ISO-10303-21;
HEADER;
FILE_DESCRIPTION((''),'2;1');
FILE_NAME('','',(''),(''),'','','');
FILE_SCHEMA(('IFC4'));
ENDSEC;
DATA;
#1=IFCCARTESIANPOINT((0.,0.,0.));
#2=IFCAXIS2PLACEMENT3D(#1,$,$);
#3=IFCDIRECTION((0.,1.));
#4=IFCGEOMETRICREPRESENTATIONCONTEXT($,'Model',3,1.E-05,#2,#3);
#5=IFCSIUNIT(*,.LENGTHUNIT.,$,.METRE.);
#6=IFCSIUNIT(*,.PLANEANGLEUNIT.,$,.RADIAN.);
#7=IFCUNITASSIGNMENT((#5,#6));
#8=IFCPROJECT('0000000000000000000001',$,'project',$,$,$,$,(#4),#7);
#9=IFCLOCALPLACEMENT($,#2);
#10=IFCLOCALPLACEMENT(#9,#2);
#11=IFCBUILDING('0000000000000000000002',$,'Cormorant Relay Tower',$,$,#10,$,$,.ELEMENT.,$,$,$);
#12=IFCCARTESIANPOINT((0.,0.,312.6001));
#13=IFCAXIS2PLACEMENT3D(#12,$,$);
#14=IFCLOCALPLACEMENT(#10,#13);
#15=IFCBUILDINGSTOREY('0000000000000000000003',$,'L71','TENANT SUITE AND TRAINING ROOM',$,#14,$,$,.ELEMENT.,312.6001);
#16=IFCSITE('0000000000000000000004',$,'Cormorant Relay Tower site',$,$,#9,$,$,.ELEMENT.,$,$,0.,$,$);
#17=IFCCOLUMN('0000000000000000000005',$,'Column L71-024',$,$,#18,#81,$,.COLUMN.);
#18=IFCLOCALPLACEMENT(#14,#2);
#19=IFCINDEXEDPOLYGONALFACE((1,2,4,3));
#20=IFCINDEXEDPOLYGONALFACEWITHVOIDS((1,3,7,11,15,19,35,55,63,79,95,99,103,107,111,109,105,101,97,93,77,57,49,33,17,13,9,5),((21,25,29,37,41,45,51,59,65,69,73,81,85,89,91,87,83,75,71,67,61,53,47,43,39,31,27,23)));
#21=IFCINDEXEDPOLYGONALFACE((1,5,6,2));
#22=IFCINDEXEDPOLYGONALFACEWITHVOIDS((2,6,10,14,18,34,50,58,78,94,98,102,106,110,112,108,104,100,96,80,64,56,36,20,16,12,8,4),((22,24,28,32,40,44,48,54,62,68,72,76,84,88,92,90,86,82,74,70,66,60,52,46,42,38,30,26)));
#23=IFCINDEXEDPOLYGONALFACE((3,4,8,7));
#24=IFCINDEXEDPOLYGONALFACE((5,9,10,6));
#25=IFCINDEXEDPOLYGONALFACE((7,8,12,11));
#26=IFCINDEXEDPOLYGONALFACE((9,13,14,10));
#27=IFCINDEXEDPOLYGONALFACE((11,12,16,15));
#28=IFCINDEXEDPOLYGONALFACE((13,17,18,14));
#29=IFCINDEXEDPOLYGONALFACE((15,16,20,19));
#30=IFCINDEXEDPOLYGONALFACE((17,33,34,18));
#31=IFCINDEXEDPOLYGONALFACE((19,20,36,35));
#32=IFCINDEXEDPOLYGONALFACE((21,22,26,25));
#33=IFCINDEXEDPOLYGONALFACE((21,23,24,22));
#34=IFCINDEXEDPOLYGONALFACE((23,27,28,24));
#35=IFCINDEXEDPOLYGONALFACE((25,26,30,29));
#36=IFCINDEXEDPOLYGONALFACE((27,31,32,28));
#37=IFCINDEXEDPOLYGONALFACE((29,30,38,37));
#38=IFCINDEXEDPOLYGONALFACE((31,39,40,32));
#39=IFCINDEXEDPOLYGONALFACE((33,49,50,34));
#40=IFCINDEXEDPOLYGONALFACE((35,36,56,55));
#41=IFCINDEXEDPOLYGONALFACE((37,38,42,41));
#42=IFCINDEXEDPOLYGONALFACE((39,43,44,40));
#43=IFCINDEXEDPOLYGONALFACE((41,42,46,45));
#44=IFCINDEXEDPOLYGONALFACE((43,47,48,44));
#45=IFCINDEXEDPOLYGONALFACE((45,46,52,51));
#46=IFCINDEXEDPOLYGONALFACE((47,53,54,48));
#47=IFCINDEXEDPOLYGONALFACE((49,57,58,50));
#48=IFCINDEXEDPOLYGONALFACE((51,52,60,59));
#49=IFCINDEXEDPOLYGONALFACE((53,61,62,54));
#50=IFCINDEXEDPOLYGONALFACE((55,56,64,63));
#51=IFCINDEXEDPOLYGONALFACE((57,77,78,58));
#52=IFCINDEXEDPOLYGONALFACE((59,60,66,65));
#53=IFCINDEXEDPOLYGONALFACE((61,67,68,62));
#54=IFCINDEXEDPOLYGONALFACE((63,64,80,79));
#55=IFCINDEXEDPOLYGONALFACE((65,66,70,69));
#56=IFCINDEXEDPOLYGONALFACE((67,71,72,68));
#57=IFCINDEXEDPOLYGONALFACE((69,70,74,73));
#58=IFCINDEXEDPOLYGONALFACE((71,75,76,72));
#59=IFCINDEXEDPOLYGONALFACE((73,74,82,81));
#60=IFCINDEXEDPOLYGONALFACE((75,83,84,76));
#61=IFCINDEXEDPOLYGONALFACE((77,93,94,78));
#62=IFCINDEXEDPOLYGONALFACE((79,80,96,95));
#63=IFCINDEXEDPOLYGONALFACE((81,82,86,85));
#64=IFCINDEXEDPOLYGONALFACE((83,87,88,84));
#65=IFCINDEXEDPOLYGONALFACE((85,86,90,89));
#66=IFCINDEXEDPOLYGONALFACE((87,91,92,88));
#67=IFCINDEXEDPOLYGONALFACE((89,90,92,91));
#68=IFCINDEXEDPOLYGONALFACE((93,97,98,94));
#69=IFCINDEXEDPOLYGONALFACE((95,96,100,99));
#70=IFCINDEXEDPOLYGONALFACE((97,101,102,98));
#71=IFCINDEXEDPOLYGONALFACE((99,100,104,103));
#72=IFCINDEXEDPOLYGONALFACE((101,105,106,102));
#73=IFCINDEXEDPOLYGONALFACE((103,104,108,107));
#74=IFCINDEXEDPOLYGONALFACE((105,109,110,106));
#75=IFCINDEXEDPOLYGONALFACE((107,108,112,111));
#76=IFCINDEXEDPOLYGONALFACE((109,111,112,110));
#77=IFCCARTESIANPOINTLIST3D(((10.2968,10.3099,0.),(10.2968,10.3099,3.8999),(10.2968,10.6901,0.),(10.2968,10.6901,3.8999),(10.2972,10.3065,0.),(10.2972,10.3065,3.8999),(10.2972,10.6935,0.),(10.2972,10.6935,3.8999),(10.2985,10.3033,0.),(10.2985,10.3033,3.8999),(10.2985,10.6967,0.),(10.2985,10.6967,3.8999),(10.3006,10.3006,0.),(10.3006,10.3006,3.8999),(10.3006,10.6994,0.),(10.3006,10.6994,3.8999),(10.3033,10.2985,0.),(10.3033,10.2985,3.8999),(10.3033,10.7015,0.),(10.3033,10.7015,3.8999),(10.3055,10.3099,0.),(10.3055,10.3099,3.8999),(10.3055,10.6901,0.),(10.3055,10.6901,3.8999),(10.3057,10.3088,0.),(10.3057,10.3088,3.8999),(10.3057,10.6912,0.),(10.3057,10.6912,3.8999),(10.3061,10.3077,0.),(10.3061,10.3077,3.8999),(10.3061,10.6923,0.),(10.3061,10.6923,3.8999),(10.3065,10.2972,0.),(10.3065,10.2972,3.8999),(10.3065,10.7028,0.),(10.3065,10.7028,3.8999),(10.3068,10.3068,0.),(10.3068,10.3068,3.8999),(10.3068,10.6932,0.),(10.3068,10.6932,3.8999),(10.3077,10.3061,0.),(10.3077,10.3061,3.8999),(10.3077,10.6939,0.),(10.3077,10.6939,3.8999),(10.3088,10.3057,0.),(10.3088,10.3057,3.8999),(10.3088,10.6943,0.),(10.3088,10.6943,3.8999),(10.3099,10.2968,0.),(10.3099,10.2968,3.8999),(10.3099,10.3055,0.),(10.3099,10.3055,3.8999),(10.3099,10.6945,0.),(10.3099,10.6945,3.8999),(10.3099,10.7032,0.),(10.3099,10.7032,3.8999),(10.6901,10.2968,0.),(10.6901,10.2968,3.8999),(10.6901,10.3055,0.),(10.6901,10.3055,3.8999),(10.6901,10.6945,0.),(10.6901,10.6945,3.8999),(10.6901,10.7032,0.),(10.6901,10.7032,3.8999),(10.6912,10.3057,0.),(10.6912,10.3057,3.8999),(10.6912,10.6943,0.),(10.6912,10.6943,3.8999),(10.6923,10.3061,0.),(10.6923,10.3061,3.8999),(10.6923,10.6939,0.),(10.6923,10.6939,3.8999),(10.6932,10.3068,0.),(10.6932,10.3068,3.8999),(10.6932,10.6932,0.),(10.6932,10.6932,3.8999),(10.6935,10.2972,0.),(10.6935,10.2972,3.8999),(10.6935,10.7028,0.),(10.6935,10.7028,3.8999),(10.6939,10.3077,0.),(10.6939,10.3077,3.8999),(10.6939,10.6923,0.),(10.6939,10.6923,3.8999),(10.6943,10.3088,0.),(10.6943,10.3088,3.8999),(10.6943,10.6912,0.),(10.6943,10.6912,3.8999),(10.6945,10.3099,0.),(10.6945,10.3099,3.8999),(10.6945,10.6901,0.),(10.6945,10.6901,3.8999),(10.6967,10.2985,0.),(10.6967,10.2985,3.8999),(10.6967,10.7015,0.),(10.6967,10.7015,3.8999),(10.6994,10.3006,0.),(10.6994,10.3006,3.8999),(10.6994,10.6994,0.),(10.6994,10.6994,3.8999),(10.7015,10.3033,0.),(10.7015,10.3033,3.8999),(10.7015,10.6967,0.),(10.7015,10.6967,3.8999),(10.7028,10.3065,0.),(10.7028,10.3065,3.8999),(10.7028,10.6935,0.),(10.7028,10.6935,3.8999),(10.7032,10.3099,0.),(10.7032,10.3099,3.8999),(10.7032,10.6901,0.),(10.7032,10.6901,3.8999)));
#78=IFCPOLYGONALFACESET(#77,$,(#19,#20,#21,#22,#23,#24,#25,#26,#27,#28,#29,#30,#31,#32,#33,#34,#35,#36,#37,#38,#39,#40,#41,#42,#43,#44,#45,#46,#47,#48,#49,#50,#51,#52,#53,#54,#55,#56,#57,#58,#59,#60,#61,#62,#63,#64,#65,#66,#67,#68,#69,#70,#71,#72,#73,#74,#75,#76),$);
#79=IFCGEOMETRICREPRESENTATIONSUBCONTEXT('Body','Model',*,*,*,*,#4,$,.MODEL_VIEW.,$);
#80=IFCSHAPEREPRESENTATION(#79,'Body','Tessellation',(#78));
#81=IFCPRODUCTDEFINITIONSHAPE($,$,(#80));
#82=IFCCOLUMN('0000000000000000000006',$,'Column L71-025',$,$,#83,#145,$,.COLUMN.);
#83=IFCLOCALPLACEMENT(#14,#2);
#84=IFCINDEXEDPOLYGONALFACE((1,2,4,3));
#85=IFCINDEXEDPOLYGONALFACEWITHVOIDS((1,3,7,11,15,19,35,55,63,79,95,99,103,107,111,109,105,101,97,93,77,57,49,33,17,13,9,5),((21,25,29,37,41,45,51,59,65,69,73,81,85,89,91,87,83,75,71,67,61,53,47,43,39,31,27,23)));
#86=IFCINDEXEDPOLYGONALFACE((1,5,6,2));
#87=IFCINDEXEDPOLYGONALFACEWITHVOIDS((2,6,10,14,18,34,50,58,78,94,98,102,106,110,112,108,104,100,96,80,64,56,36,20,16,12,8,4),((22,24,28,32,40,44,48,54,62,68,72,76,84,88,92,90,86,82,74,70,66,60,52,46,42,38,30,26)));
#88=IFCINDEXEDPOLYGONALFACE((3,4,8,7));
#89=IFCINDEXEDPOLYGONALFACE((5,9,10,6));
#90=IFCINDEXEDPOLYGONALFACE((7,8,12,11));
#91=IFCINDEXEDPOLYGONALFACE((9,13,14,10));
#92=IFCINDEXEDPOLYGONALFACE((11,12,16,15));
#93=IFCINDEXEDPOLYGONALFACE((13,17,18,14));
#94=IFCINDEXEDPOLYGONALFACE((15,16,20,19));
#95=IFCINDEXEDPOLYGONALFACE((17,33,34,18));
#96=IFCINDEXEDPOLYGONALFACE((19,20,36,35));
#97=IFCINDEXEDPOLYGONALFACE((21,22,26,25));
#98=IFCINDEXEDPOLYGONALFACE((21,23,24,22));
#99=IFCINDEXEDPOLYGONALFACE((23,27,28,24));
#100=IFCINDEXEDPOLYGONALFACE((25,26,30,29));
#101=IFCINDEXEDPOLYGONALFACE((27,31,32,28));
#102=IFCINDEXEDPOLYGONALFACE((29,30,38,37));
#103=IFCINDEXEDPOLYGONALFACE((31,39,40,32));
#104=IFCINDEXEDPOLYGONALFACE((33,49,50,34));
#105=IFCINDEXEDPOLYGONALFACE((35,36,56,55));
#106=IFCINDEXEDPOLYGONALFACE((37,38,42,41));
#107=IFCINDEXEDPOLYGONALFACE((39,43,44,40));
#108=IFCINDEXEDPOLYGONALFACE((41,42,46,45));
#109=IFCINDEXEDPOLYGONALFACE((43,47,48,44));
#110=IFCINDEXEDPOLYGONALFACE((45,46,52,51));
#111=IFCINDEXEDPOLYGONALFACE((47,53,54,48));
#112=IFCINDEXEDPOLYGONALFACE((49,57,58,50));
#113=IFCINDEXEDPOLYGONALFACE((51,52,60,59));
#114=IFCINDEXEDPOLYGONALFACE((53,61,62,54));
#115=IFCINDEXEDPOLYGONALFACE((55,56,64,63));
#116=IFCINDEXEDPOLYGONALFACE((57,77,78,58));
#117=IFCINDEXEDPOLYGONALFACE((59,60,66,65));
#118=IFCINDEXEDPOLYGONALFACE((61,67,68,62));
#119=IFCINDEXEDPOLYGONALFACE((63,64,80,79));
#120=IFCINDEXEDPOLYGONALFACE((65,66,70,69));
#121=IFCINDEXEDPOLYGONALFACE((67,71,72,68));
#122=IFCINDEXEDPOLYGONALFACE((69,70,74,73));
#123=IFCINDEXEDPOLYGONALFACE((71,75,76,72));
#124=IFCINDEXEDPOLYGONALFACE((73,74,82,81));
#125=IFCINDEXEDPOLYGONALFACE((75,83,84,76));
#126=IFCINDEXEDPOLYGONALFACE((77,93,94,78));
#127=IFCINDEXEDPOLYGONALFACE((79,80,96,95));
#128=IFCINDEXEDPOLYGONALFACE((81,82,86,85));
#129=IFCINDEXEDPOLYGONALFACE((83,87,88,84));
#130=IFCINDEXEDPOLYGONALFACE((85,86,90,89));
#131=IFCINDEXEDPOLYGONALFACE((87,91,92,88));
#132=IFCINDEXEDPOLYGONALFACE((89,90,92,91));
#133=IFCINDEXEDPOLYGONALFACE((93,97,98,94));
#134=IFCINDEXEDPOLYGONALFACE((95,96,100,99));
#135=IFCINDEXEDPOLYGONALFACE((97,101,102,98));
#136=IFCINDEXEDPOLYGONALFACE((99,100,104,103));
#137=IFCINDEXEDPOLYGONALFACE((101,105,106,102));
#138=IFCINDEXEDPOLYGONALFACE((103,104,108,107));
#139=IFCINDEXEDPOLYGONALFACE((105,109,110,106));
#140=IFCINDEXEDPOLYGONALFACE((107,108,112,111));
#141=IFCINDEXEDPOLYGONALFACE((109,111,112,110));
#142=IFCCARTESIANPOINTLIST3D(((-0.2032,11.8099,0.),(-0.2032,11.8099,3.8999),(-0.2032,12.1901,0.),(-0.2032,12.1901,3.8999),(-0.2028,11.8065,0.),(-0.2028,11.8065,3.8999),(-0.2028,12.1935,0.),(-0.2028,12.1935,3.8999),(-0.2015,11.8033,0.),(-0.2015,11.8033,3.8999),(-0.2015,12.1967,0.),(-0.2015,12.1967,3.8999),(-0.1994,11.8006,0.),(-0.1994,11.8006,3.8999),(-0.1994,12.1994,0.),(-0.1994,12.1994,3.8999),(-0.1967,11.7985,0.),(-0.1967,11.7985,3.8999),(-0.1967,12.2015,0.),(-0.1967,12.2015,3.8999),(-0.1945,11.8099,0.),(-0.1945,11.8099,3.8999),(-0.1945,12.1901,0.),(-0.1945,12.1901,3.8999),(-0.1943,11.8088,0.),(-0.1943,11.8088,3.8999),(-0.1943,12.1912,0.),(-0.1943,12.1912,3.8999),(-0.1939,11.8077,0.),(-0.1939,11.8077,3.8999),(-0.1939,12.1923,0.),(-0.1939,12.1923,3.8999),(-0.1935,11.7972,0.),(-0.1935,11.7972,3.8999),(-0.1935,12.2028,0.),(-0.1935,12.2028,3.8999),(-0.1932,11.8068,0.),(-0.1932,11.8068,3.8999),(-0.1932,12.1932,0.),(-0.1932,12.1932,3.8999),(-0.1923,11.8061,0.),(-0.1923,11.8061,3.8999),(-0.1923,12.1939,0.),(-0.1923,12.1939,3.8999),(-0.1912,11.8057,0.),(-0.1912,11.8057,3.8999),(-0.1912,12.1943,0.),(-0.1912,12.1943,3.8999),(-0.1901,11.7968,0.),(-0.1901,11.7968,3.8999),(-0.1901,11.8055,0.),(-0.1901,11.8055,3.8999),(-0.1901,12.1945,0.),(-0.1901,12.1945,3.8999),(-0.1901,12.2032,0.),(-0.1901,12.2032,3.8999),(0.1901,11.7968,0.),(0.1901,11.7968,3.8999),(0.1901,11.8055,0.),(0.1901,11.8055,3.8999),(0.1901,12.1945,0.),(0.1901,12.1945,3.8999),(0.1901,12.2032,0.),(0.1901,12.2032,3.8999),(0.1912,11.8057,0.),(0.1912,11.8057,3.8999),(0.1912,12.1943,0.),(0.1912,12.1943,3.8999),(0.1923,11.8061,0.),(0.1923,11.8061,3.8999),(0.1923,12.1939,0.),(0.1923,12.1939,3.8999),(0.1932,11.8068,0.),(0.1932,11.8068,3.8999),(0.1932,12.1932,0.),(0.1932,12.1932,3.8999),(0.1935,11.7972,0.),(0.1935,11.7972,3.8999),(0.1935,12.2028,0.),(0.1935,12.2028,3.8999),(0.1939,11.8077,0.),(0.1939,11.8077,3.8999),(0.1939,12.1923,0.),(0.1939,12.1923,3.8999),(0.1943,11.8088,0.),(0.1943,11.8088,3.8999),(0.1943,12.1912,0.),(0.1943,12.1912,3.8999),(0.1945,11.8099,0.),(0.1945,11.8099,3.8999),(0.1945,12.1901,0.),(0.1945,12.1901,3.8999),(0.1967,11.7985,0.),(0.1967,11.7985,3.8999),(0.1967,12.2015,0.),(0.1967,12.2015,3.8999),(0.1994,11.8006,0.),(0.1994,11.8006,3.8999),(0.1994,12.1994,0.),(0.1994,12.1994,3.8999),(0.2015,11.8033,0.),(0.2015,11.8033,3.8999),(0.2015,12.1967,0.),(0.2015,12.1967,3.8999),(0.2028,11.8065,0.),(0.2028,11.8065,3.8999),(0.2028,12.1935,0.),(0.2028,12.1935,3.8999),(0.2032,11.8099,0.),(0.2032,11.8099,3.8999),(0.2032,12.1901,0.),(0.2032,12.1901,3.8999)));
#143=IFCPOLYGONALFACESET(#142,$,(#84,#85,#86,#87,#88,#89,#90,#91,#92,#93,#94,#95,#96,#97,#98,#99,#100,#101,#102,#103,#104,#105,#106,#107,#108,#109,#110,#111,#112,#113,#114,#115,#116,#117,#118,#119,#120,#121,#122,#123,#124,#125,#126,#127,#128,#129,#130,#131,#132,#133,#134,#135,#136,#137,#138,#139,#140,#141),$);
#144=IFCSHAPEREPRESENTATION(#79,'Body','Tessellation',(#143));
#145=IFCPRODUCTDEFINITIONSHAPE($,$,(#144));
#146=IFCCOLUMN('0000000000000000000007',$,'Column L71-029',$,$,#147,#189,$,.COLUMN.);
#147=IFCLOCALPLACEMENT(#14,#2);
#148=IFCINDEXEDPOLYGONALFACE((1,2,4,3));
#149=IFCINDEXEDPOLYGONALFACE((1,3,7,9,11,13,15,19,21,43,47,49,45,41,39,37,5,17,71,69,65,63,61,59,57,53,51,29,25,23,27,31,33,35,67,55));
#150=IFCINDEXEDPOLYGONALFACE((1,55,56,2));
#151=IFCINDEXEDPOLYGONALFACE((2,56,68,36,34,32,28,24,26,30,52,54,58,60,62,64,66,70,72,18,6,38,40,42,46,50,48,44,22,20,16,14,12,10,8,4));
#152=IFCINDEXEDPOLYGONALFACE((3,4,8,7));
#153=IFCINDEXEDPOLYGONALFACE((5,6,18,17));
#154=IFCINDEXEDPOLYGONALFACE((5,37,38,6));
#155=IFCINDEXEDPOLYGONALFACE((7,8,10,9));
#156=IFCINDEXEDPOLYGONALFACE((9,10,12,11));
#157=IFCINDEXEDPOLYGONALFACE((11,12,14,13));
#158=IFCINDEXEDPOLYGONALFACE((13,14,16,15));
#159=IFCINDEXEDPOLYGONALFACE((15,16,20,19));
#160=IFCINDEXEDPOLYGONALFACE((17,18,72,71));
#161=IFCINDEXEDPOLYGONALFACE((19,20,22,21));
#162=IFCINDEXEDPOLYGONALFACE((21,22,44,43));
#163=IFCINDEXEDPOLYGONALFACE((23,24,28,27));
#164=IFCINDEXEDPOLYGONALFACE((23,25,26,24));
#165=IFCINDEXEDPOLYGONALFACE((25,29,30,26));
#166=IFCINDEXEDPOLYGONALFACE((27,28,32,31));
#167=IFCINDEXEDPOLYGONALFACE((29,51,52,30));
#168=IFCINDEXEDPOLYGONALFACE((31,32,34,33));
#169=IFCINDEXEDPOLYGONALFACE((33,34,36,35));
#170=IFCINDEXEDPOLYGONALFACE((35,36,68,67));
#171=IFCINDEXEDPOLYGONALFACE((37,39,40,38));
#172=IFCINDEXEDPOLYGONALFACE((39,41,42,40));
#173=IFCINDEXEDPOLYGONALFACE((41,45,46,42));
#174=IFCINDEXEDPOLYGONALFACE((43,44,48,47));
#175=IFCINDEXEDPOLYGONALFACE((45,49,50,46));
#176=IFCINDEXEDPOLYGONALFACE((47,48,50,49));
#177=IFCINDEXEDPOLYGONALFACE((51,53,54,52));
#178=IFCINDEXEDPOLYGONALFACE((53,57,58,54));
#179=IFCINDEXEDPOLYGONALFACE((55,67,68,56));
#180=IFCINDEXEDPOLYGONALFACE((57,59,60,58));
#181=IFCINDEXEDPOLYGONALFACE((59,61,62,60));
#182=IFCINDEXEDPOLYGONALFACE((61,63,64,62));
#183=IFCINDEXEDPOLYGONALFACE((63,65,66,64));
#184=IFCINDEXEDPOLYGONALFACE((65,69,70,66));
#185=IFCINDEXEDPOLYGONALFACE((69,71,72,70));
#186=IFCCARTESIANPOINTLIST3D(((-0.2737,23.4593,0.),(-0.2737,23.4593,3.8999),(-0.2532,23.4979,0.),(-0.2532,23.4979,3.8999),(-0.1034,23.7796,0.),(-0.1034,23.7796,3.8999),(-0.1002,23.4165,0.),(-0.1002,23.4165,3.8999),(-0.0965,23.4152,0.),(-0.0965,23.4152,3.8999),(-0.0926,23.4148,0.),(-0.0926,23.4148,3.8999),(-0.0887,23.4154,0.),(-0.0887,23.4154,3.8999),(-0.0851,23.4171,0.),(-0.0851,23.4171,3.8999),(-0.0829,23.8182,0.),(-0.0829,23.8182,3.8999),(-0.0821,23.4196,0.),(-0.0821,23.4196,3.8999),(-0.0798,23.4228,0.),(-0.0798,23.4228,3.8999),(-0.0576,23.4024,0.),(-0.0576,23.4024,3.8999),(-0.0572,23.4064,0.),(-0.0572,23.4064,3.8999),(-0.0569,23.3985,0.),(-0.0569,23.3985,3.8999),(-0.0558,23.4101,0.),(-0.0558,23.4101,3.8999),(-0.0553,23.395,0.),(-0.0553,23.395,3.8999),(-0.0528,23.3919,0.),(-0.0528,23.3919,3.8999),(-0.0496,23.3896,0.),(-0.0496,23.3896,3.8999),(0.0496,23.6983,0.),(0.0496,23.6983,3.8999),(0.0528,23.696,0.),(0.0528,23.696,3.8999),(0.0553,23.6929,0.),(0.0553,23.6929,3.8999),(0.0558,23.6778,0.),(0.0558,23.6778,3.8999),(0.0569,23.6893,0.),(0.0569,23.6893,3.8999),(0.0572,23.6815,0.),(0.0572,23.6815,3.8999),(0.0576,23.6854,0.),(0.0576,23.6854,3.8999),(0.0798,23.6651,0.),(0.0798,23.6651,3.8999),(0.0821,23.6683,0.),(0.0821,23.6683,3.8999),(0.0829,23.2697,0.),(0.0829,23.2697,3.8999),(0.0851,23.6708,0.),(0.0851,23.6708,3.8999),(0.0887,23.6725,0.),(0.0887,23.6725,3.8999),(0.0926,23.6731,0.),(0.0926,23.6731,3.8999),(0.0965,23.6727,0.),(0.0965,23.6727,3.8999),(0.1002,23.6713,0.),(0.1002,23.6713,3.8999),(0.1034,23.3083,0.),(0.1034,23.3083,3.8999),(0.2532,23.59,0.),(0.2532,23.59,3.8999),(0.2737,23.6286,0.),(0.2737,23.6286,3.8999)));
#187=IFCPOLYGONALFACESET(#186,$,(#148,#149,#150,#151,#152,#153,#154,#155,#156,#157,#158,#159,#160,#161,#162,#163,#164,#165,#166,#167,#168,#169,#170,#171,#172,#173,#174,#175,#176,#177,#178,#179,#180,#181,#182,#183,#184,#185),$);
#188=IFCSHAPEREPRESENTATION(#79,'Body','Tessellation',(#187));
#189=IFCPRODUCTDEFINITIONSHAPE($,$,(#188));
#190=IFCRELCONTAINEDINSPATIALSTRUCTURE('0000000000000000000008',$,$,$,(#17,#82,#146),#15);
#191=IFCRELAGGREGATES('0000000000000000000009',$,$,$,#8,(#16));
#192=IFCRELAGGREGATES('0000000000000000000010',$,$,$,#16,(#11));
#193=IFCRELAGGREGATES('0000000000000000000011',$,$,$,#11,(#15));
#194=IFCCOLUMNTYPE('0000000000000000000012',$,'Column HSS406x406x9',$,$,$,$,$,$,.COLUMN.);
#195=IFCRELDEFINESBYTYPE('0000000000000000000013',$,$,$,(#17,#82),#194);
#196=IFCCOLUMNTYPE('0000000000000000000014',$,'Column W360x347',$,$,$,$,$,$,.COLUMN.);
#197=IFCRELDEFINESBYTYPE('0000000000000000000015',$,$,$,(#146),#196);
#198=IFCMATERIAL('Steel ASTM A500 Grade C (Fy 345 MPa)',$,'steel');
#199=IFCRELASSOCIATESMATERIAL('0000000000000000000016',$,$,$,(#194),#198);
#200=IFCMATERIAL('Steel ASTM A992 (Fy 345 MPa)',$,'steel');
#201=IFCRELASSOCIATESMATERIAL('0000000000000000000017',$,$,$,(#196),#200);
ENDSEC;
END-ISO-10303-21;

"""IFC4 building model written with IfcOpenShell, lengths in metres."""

from ifc_helpers import new_model, si_unit, direction, frame, origin, origin_2d, place, context, subcontext, project, spatial, hollow_rectangle, i_section, extrude, material, material_profile, profile_set, type_object, element, save


model = new_model("IFC4")

# Units and contexts
model_context = context("Model", 3, precision=1e-05, world=origin(), true_north=direction((0.0, 1.0)))
body_context = subcontext(model_context, "Body", "Model", "MODEL_VIEW")
ifc_project = project(units=[si_unit("LENGTHUNIT", "METRE"), si_unit("PLANEANGLEUNIT", "RADIAN")], contexts=[model_context])

# Site, building, storey
site_placement = place(None, origin())
site = spatial("IfcSite", under=ifc_project, at=site_placement, Name="Cormorant Relay Tower site", CompositionType="ELEMENT", RefElevation=0.0)
building_placement = place(site_placement, origin())
building = spatial("IfcBuilding", under=site, at=building_placement, Name="Cormorant Relay Tower", CompositionType="ELEMENT")
storey_placement = place(building_placement, frame((0.0, 0.0, 312.6001)))
storey = spatial("IfcBuildingStorey", under=building, at=storey_placement, Name="L71", Description="TENANT SUITE AND TRAINING ROOM", CompositionType="ELEMENT", Elevation=312.6001)

# Columns
ifc_material_1 = material(Name="Steel ASTM A500 Grade C (Fy 345 MPa)", Category="steel")
ifc_material_profile_1 = material_profile(ifc_material_1, hollow_rectangle(XDim=0.4065, YDim=0.4065, WallThickness=0.0088, InnerFilletRadius=0.0044, OuterFilletRadius=0.0132, at=origin_2d()), Name="HSS406x406x9")
ifc_profile_set_1 = profile_set([ifc_material_profile_1], Name="Steel ASTM A500 Grade C (Fy 345 MPa)")
column_type_1 = type_object("IfcColumnType", Name="Column HSS406x406x9", PredefinedType="COLUMN", material=ifc_profile_set_1)
for number, where, z_axis, x_axis, name in (
    (1, (10.5, 10.5, 0.0), (0.0, 0.0, 1.0), (1.0, 0.0, 0.0), "Column L71-024"),
    (2, (0.0, 12.0, 0.0), (0.0, 0.0, 1.0), (1.0, 0.0, 0.0), "Column L71-025"),
):
    element("IfcColumn", number, at=place(storey_placement, frame(where, z_axis=z_axis, x_axis=x_axis)), inside=storey, type_object=column_type_1, Name=name, PredefinedType="COLUMN", context=body_context, shape_type="SweptSolid", body=[
        extrude(hollow_rectangle(XDim=0.4065, YDim=0.4065, WallThickness=0.0088, InnerFilletRadius=0.0044, OuterFilletRadius=0.0132, at=origin_2d()), origin(), (0.0, 0.0, 1.0), 3.8999),
    ])
ifc_material_2 = material(Name="Steel ASTM A992 (Fy 345 MPa)", Category="steel")
ifc_material_profile_2 = material_profile(ifc_material_2, i_section(OverallWidth=0.4038, OverallDepth=0.4065, WebThickness=0.0271, FlangeThickness=0.0437, FilletRadius=0.0151, at=origin_2d()), Name="W360x347")
ifc_profile_set_2 = profile_set([ifc_material_profile_2], Name="Steel ASTM A992 (Fy 345 MPa)")
column_type_2 = type_object("IfcColumnType", Name="Column W360x347", PredefinedType="COLUMN", material=ifc_profile_set_2)
column_placement = place(storey_placement, frame((0.0, 23.5439, 0.0), z_axis=(0.0, 0.0, 1.0), x_axis=(-0.882948, 0.469472, 0.0)))
element("IfcColumn", 3, at=column_placement, inside=storey, type_object=column_type_2, Name="Column L71-029", PredefinedType="COLUMN", context=body_context, shape_type="SweptSolid", body=[
    extrude(i_section(OverallWidth=0.4038, OverallDepth=0.4065, WebThickness=0.0271, FlangeThickness=0.0437, FilletRadius=0.0151, at=origin_2d()), origin(), (0.0, 0.0, 1.0), 3.8999),
])

save(model, "model.ifc")
